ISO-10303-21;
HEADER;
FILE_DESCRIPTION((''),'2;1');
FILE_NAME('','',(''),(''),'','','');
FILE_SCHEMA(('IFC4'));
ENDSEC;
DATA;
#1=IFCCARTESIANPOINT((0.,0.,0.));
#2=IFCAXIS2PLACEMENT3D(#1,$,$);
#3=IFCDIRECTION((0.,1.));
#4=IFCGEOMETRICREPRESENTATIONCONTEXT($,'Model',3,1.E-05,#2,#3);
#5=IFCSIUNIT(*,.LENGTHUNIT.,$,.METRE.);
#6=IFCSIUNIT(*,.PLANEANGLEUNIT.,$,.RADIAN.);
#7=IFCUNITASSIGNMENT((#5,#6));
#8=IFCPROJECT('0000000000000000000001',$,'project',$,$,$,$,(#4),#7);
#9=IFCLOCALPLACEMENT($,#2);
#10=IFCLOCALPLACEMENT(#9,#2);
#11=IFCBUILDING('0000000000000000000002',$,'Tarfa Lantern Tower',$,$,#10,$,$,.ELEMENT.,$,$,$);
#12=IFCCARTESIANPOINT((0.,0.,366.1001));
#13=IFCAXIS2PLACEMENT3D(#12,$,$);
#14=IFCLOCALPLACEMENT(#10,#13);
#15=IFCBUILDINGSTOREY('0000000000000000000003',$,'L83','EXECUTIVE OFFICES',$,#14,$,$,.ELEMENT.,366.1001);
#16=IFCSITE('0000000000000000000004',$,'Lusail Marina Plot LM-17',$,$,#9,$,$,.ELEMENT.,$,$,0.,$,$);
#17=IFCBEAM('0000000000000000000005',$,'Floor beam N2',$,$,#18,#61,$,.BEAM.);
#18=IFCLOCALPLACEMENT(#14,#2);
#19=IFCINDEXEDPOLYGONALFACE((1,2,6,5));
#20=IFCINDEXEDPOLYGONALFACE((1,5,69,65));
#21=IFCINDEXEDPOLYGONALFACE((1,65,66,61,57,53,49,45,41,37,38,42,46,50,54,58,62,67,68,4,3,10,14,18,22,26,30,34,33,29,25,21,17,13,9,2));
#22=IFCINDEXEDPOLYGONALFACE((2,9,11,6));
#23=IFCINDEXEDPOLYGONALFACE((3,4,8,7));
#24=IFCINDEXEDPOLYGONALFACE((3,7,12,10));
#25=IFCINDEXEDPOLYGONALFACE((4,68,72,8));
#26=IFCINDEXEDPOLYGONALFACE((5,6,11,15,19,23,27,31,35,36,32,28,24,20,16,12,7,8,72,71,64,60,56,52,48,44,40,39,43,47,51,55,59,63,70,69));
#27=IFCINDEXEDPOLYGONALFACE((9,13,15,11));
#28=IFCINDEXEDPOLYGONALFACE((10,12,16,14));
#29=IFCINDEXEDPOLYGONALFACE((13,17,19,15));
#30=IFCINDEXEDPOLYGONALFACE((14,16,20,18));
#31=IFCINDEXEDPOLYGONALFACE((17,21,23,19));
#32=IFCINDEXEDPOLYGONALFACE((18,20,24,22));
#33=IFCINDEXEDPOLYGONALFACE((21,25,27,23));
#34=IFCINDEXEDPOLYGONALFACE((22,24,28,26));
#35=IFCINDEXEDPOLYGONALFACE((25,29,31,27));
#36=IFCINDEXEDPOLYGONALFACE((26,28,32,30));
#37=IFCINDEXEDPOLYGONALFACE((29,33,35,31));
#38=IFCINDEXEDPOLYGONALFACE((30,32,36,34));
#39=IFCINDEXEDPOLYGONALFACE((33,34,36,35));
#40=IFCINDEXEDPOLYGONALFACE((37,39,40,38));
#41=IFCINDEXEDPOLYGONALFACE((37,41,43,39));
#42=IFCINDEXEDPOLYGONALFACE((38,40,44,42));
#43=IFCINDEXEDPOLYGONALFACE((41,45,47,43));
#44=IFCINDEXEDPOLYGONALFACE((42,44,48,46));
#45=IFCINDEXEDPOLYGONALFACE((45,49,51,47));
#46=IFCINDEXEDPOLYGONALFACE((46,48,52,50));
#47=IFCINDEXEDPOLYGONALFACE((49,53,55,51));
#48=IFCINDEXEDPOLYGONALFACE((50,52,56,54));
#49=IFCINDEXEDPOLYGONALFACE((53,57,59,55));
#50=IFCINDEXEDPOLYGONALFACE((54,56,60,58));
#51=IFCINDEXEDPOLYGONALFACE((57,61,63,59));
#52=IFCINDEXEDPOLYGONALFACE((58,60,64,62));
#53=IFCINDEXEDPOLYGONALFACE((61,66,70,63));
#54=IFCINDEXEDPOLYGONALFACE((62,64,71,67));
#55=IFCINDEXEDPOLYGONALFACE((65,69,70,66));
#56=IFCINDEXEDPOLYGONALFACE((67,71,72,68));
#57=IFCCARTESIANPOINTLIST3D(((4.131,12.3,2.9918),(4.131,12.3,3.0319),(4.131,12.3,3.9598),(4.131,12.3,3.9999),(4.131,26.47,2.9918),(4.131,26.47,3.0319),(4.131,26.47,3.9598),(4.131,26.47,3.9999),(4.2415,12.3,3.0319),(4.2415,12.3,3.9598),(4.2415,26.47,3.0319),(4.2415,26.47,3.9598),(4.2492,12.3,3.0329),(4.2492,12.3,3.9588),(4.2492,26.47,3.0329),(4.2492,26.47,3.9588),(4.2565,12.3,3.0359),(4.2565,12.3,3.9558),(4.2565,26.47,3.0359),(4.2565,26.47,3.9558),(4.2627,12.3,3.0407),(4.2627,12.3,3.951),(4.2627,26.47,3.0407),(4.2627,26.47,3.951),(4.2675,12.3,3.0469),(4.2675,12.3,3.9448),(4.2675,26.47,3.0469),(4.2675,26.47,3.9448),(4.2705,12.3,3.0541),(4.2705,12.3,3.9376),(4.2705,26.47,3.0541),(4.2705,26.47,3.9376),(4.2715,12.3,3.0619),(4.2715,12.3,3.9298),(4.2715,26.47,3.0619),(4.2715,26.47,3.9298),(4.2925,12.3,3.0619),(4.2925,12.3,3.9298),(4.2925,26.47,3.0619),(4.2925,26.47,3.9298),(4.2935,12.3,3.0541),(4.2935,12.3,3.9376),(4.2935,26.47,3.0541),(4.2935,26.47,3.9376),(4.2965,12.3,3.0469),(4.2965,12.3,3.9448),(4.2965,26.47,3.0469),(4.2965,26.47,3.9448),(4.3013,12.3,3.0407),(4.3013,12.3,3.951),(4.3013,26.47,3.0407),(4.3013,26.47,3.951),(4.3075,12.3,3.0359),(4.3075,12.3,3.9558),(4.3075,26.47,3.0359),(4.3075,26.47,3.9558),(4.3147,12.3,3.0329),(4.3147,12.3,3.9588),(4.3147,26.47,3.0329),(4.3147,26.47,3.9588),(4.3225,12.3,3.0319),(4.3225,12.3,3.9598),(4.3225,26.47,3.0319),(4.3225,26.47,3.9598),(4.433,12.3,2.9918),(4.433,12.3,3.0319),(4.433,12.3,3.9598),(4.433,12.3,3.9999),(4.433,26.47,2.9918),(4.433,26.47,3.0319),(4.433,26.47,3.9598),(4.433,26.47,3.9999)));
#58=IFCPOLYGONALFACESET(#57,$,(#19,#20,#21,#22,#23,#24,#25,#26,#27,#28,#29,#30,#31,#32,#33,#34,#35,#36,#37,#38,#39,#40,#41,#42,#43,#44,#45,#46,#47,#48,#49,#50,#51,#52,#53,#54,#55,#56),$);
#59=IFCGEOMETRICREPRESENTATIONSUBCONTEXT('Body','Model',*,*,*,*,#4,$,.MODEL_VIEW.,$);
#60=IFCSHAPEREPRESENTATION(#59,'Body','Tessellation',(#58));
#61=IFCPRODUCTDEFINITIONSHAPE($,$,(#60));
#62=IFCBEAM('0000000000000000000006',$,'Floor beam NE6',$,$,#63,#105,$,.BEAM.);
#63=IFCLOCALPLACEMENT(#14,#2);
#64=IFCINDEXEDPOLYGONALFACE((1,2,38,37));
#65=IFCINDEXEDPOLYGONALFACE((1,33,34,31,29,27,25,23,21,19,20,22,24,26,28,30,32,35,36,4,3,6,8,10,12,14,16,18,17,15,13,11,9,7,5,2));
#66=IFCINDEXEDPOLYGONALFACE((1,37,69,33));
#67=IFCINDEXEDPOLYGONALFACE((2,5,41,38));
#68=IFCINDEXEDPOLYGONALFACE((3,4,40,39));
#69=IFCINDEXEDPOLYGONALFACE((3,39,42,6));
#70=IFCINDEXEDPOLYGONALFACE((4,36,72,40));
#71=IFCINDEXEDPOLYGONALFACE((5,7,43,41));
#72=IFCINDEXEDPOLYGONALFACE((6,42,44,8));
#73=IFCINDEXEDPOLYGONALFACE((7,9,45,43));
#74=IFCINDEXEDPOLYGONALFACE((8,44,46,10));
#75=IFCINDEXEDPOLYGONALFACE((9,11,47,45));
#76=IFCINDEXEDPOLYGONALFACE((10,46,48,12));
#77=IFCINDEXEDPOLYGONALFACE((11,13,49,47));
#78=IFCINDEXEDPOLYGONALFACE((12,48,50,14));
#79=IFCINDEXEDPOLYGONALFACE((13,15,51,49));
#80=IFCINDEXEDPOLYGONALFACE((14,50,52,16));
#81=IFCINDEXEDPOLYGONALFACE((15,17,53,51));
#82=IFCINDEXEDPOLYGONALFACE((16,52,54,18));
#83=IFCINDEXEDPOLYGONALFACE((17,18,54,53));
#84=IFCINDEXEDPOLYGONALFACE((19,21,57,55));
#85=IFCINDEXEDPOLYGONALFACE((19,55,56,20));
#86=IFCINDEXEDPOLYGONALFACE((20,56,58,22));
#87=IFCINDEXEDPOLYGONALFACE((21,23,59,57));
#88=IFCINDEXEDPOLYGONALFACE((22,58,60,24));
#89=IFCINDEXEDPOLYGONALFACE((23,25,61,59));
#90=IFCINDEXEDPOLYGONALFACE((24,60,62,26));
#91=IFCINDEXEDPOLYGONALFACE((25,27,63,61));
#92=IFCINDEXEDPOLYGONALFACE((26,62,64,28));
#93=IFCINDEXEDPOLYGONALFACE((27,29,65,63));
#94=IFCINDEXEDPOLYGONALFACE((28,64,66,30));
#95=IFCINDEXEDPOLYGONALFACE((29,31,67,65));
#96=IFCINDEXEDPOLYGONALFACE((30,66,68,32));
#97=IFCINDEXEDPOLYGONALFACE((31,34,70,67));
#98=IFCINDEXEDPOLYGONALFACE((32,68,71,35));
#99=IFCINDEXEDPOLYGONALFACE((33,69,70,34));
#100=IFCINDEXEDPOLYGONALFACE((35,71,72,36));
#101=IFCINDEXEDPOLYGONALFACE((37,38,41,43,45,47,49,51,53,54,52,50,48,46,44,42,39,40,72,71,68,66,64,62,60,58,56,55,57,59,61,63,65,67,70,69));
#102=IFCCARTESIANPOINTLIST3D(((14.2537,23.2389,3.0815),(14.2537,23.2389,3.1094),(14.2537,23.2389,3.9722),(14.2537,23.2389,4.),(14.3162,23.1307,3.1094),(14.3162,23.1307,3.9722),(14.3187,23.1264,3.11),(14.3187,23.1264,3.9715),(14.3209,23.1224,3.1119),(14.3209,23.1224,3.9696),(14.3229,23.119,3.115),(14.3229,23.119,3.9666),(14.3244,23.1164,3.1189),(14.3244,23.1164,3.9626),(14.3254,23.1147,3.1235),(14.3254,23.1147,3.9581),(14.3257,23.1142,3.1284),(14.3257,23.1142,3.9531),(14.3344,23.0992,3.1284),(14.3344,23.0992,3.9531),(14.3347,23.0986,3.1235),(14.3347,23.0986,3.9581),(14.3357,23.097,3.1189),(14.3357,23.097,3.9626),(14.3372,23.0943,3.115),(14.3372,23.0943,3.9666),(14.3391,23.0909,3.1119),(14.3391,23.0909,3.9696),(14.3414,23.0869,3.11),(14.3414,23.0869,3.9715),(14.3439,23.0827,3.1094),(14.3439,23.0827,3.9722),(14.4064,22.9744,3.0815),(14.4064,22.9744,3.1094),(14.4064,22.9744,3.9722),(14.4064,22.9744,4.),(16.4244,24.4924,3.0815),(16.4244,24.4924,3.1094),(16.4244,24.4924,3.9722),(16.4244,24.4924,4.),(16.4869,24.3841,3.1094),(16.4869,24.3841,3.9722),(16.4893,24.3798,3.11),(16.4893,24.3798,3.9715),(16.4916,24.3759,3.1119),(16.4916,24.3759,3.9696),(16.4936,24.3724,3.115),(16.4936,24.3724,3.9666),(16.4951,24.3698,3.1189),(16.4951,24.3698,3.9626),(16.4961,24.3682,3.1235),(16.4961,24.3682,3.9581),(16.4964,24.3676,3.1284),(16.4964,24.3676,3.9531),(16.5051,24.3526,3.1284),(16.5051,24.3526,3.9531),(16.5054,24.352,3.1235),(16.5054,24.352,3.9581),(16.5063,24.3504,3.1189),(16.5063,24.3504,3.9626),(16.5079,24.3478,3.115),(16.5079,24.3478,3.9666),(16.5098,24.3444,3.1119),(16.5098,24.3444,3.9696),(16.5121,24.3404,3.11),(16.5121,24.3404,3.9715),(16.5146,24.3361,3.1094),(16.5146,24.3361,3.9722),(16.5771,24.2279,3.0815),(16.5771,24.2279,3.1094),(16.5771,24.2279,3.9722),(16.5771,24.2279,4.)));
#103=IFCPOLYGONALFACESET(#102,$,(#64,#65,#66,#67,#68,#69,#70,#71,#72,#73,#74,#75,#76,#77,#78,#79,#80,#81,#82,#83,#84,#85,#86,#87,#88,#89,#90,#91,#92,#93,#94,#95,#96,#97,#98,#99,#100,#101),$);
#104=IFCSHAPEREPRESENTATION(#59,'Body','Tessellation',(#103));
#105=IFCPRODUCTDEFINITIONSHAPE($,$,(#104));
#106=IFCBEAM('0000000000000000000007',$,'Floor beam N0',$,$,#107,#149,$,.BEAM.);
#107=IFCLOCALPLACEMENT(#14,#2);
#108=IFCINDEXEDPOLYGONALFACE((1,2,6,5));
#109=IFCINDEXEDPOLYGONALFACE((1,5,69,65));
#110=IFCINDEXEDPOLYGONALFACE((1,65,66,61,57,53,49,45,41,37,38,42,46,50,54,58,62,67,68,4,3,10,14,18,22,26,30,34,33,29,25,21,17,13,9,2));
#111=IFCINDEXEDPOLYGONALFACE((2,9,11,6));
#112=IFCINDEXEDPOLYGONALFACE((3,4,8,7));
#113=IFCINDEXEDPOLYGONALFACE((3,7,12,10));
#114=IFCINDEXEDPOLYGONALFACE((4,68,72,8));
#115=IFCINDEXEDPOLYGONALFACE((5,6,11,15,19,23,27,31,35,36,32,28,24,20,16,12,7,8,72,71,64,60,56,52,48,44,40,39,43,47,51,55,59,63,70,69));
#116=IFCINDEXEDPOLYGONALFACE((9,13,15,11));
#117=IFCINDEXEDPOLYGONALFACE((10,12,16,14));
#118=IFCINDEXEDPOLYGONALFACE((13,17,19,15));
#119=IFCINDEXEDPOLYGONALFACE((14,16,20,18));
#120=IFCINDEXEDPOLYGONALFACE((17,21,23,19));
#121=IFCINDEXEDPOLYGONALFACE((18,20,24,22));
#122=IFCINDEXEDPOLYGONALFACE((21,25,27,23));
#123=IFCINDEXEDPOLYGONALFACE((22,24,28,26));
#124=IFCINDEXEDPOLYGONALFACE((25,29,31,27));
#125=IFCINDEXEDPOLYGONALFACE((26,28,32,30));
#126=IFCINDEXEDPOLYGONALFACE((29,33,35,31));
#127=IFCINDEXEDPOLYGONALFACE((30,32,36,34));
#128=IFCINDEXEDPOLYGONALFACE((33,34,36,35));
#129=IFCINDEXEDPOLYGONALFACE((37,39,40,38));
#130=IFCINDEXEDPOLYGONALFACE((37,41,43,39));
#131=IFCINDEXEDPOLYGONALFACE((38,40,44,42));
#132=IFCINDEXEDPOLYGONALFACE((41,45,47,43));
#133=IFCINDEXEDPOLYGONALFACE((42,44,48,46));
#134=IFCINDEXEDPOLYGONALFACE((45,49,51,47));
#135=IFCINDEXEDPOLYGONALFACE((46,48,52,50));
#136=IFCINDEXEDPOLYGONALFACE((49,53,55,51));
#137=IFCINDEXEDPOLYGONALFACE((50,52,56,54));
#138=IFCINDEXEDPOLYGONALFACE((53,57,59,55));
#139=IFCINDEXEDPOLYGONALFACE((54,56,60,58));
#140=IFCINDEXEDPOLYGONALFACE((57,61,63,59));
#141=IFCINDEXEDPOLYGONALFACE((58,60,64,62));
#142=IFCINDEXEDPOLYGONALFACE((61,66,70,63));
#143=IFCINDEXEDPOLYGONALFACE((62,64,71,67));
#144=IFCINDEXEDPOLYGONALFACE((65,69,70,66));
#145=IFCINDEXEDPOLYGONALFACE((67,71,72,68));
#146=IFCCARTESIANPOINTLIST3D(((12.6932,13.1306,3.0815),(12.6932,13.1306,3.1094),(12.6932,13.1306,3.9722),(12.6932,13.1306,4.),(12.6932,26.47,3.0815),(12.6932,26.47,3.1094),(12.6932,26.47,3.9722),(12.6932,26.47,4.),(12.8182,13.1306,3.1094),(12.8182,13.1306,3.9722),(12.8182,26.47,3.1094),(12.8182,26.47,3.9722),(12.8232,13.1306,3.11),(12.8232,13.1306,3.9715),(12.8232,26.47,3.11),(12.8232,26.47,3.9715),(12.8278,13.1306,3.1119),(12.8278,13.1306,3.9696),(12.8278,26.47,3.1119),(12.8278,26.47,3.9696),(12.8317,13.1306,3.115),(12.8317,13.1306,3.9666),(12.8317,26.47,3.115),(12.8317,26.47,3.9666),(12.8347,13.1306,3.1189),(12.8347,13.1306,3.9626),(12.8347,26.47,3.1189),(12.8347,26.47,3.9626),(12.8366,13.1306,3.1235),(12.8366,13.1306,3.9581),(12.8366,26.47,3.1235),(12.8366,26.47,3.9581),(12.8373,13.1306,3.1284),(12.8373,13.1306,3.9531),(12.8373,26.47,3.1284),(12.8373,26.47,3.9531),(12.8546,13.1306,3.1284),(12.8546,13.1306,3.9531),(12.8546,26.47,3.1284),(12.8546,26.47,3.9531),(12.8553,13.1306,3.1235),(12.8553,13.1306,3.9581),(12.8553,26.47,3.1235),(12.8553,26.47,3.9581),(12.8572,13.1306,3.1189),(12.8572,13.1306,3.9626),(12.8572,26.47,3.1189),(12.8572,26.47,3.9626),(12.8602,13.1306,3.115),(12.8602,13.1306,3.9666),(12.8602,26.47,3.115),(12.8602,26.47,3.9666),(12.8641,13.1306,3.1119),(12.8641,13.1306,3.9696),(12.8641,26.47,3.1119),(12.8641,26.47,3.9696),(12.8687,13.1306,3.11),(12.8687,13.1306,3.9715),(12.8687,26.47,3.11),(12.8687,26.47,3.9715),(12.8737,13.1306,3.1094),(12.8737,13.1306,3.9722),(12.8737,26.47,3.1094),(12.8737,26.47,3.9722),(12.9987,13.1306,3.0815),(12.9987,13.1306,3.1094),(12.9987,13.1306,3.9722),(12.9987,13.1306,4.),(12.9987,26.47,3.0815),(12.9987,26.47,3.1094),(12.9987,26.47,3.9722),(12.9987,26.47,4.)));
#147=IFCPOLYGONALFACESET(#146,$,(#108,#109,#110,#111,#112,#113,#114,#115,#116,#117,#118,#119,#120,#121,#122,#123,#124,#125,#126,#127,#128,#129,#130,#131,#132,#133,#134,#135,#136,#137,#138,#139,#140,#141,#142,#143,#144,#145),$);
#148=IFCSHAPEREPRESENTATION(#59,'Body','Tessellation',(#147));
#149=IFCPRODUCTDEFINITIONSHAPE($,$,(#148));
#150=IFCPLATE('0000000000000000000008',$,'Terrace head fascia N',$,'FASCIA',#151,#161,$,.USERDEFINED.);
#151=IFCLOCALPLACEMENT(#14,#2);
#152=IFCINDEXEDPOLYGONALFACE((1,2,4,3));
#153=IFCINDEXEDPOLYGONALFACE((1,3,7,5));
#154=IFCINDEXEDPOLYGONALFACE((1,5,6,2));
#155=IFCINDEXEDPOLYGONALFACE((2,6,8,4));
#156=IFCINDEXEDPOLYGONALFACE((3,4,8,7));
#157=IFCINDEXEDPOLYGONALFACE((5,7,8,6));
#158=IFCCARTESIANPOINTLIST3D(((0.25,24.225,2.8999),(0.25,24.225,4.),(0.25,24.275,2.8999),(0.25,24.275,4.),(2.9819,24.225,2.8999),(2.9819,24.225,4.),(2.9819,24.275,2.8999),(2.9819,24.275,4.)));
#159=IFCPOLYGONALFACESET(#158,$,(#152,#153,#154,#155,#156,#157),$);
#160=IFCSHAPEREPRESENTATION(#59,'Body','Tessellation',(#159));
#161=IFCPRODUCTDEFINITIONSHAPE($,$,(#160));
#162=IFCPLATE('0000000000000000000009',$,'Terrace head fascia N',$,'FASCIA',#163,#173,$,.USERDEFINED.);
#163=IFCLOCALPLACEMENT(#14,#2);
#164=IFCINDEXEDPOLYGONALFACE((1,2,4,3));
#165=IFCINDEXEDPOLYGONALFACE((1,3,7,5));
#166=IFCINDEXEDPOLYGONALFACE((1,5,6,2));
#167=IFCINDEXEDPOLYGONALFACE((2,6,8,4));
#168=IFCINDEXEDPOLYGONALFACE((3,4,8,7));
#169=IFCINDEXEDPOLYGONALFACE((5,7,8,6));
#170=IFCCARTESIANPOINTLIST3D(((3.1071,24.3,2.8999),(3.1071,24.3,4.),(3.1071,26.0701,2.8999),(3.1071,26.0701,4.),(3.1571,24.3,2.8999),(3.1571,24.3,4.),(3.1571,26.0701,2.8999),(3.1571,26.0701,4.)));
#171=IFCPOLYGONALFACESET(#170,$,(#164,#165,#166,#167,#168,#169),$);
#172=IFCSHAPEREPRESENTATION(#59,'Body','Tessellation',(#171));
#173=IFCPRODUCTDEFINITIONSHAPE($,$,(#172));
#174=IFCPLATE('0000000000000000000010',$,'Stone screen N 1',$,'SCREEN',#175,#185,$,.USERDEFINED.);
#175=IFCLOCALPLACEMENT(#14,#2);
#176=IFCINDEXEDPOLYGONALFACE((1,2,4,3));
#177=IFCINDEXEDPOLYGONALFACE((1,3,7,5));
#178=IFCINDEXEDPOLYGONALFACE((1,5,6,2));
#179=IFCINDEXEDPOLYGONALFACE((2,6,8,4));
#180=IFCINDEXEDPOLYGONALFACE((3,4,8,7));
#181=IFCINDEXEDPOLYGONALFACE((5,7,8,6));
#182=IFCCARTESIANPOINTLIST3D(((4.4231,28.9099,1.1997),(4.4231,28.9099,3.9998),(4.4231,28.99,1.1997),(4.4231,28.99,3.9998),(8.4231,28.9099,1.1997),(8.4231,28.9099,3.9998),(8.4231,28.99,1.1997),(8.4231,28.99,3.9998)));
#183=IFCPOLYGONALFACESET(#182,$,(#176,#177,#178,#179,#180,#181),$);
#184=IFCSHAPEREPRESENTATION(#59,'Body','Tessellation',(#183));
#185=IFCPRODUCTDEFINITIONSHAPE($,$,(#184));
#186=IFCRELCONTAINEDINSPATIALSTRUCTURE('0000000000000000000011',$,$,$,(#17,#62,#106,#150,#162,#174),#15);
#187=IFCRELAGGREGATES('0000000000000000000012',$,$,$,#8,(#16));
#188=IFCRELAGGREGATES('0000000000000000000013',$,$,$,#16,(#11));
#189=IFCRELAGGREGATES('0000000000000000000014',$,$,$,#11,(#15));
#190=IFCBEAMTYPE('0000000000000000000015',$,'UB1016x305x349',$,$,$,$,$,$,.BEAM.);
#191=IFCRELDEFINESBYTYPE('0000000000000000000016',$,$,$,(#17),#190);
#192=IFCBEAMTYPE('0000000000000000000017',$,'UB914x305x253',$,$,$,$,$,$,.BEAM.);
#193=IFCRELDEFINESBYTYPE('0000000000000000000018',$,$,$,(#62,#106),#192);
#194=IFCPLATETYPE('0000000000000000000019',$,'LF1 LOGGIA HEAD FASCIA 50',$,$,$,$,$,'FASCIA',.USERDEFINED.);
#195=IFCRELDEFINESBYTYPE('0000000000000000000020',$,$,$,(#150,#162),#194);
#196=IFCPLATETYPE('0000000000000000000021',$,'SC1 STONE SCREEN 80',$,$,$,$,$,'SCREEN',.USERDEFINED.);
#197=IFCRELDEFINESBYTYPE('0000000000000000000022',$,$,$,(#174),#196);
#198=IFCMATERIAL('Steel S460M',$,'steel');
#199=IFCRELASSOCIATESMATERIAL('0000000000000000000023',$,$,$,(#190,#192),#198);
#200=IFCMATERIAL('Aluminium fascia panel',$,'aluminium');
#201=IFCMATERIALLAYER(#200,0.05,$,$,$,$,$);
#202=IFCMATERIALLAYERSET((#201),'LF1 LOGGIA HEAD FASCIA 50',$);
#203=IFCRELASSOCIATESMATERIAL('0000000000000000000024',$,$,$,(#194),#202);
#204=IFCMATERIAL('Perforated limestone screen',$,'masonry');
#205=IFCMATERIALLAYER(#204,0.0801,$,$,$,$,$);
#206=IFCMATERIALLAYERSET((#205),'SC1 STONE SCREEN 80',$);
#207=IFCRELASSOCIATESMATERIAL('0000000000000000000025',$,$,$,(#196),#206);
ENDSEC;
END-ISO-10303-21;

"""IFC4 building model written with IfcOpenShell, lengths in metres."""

from ifc_helpers import new_model, si_unit, direction, frame, origin, origin_2d, place, context, subcontext, project, spatial, rectangle, i_section, extrude, material, layer, layer_set, material_profile, profile_set, type_object, element, save


model = new_model("IFC4")

# Units and contexts
model_context = context("Model", 3, precision=1e-05, world=origin(), true_north=direction((0.0, 1.0)))
body_context = subcontext(model_context, "Body", "Model", "MODEL_VIEW")
ifc_project = project(units=[si_unit("LENGTHUNIT", "METRE"), si_unit("PLANEANGLEUNIT", "RADIAN")], contexts=[model_context])

# Site, building, storey
site_placement = place(None, origin())
site = spatial("IfcSite", under=ifc_project, at=site_placement, Name="Lusail Marina Plot LM-17", CompositionType="ELEMENT", RefElevation=0.0)
building_placement = place(site_placement, origin())
building = spatial("IfcBuilding", under=site, at=building_placement, Name="Tarfa Lantern Tower", CompositionType="ELEMENT")
storey_placement = place(building_placement, frame((0.0, 0.0, 366.1001)))
storey = spatial("IfcBuildingStorey", under=building, at=storey_placement, Name="L83", Description="EXECUTIVE OFFICES", CompositionType="ELEMENT", Elevation=366.1001)

# Beams
ifc_material_1 = material(Name="Steel S460M", Category="steel")
ifc_material_profile_1 = material_profile(ifc_material_1, i_section(OverallWidth=0.302, OverallDepth=1.0081, WebThickness=0.021, FlangeThickness=0.04, FilletRadius=0.03, at=origin_2d()), Name="UB1016x305x349")
ifc_profile_set_1 = profile_set([ifc_material_profile_1], Name="Steel S460M")
beam_type_1 = type_object("IfcBeamType", Name="UB1016x305x349", PredefinedType="BEAM", material=ifc_profile_set_1)
for number, where, z_axis, x_axis, name in (
    (1, (4.282, 26.47, 3.4958), (0.0, -1.0, 0.0), (1.0, 0.0, 0.0), "Floor beam N2"),
):
    element("IfcBeam", number, at=place(storey_placement, frame(where, z_axis=z_axis, x_axis=x_axis)), inside=storey, type_object=beam_type_1, Name=name, PredefinedType="BEAM", context=body_context, shape_type="SweptSolid", body=[
        extrude(i_section(OverallWidth=0.302, OverallDepth=1.0081, WebThickness=0.021, FlangeThickness=0.04, FilletRadius=0.03, at=origin_2d()), origin(), (0.0, 0.0, 1.0), 14.1699),
    ])
ifc_material_profile_2 = material_profile(ifc_material_1, i_section(OverallWidth=0.3054, OverallDepth=0.9185, WebThickness=0.0173, FlangeThickness=0.0278, FilletRadius=0.019, at=origin_2d()), Name="UB914x305x253")
ifc_profile_set_2 = profile_set([ifc_material_profile_2], Name="Steel S460M")
beam_type_2 = type_object("IfcBeamType", Name="UB914x305x253", PredefinedType="BEAM", material=ifc_profile_set_2)
beam_1_placement = place(storey_placement, frame((16.5007, 24.3601, 3.5408), z_axis=(-0.865993, -0.500057, 0.0), x_axis=(0.500057, -0.865993, 0.0)))
element("IfcBeam", 2, at=beam_1_placement, inside=storey, type_object=beam_type_2, Name="Floor beam NE6", PredefinedType="BEAM", context=body_context, shape_type="SweptSolid", body=[
    extrude(i_section(OverallWidth=0.3054, OverallDepth=0.9185, WebThickness=0.0173, FlangeThickness=0.0278, FilletRadius=0.019, at=origin_2d()), origin(), (0.0, 0.0, 1.0), 2.5066),
])
beam_2_placement = place(storey_placement, frame((12.8459, 26.47, 3.5408), z_axis=(0.0, -1.0, 0.0), x_axis=(1.0, 0.0, 0.0)))
element("IfcBeam", 3, at=beam_2_placement, inside=storey, type_object=beam_type_2, Name="Floor beam N0", PredefinedType="BEAM", context=body_context, shape_type="SweptSolid", body=[
    extrude(i_section(OverallWidth=0.3054, OverallDepth=0.9185, WebThickness=0.0173, FlangeThickness=0.0278, FilletRadius=0.019, at=origin_2d()), origin(), (0.0, 0.0, 1.0), 13.3394),
])

# Plates
ifc_material_2 = material(Name="Aluminium fascia panel", Category="aluminium")
ifc_layer_1 = layer(ifc_material_2, 0.05)
ifc_layer_set_1 = layer_set([ifc_layer_1], Name="LF1 LOGGIA HEAD FASCIA 50")
plate_type_1 = type_object("IfcPlateType", Name="LF1 LOGGIA HEAD FASCIA 50", ElementType="FASCIA", PredefinedType="USERDEFINED", material=ifc_layer_set_1)
plate_1_placement = place(storey_placement, frame((1.616, 24.25, 2.8999), z_axis=(0.0, 0.0, 1.0), x_axis=(-1.0, 0.0, 0.0)))
element("IfcPlate", 4, at=plate_1_placement, inside=storey, type_object=plate_type_1, Name="Terrace head fascia N", ObjectType="FASCIA", PredefinedType="USERDEFINED", context=body_context, shape_type="SweptSolid", body=[
    extrude(rectangle(XDim=2.7319, YDim=0.05, at=origin_2d()), origin(), (0.0, 0.0, 1.0), 1.1001),
])
plate_2_placement = place(storey_placement, frame((3.1321, 25.1851, 2.8999), z_axis=(0.0, 0.0, 1.0), x_axis=(0.0, -1.0, 0.0)))
element("IfcPlate", 5, at=plate_2_placement, inside=storey, type_object=plate_type_1, Name="Terrace head fascia N", ObjectType="FASCIA", PredefinedType="USERDEFINED", context=body_context, shape_type="SweptSolid", body=[
    extrude(rectangle(XDim=1.77, YDim=0.05, at=origin_2d()), origin(), (0.0, 0.0, 1.0), 1.1001),
])
ifc_material_3 = material(Name="Perforated limestone screen", Category="masonry")
ifc_layer_2 = layer(ifc_material_3, 0.0801)
ifc_layer_set_2 = layer_set([ifc_layer_2], Name="SC1 STONE SCREEN 80")
plate_type_2 = type_object("IfcPlateType", Name="SC1 STONE SCREEN 80", ElementType="SCREEN", PredefinedType="USERDEFINED", material=ifc_layer_set_2)
plate_3_placement = place(storey_placement, frame((6.4231, 28.95, 1.1997), z_axis=(0.0, 0.0, 1.0), x_axis=(-1.0, 0.0, 0.0)))
element("IfcPlate", 6, at=plate_3_placement, inside=storey, type_object=plate_type_2, Name="Stone screen N 1", ObjectType="SCREEN", PredefinedType="USERDEFINED", context=body_context, shape_type="SweptSolid", body=[
    extrude(rectangle(XDim=4.0, YDim=0.0801, at=origin_2d()), origin(), (0.0, 0.0, 1.0), 2.8),
])

save(model, "model.ifc")
